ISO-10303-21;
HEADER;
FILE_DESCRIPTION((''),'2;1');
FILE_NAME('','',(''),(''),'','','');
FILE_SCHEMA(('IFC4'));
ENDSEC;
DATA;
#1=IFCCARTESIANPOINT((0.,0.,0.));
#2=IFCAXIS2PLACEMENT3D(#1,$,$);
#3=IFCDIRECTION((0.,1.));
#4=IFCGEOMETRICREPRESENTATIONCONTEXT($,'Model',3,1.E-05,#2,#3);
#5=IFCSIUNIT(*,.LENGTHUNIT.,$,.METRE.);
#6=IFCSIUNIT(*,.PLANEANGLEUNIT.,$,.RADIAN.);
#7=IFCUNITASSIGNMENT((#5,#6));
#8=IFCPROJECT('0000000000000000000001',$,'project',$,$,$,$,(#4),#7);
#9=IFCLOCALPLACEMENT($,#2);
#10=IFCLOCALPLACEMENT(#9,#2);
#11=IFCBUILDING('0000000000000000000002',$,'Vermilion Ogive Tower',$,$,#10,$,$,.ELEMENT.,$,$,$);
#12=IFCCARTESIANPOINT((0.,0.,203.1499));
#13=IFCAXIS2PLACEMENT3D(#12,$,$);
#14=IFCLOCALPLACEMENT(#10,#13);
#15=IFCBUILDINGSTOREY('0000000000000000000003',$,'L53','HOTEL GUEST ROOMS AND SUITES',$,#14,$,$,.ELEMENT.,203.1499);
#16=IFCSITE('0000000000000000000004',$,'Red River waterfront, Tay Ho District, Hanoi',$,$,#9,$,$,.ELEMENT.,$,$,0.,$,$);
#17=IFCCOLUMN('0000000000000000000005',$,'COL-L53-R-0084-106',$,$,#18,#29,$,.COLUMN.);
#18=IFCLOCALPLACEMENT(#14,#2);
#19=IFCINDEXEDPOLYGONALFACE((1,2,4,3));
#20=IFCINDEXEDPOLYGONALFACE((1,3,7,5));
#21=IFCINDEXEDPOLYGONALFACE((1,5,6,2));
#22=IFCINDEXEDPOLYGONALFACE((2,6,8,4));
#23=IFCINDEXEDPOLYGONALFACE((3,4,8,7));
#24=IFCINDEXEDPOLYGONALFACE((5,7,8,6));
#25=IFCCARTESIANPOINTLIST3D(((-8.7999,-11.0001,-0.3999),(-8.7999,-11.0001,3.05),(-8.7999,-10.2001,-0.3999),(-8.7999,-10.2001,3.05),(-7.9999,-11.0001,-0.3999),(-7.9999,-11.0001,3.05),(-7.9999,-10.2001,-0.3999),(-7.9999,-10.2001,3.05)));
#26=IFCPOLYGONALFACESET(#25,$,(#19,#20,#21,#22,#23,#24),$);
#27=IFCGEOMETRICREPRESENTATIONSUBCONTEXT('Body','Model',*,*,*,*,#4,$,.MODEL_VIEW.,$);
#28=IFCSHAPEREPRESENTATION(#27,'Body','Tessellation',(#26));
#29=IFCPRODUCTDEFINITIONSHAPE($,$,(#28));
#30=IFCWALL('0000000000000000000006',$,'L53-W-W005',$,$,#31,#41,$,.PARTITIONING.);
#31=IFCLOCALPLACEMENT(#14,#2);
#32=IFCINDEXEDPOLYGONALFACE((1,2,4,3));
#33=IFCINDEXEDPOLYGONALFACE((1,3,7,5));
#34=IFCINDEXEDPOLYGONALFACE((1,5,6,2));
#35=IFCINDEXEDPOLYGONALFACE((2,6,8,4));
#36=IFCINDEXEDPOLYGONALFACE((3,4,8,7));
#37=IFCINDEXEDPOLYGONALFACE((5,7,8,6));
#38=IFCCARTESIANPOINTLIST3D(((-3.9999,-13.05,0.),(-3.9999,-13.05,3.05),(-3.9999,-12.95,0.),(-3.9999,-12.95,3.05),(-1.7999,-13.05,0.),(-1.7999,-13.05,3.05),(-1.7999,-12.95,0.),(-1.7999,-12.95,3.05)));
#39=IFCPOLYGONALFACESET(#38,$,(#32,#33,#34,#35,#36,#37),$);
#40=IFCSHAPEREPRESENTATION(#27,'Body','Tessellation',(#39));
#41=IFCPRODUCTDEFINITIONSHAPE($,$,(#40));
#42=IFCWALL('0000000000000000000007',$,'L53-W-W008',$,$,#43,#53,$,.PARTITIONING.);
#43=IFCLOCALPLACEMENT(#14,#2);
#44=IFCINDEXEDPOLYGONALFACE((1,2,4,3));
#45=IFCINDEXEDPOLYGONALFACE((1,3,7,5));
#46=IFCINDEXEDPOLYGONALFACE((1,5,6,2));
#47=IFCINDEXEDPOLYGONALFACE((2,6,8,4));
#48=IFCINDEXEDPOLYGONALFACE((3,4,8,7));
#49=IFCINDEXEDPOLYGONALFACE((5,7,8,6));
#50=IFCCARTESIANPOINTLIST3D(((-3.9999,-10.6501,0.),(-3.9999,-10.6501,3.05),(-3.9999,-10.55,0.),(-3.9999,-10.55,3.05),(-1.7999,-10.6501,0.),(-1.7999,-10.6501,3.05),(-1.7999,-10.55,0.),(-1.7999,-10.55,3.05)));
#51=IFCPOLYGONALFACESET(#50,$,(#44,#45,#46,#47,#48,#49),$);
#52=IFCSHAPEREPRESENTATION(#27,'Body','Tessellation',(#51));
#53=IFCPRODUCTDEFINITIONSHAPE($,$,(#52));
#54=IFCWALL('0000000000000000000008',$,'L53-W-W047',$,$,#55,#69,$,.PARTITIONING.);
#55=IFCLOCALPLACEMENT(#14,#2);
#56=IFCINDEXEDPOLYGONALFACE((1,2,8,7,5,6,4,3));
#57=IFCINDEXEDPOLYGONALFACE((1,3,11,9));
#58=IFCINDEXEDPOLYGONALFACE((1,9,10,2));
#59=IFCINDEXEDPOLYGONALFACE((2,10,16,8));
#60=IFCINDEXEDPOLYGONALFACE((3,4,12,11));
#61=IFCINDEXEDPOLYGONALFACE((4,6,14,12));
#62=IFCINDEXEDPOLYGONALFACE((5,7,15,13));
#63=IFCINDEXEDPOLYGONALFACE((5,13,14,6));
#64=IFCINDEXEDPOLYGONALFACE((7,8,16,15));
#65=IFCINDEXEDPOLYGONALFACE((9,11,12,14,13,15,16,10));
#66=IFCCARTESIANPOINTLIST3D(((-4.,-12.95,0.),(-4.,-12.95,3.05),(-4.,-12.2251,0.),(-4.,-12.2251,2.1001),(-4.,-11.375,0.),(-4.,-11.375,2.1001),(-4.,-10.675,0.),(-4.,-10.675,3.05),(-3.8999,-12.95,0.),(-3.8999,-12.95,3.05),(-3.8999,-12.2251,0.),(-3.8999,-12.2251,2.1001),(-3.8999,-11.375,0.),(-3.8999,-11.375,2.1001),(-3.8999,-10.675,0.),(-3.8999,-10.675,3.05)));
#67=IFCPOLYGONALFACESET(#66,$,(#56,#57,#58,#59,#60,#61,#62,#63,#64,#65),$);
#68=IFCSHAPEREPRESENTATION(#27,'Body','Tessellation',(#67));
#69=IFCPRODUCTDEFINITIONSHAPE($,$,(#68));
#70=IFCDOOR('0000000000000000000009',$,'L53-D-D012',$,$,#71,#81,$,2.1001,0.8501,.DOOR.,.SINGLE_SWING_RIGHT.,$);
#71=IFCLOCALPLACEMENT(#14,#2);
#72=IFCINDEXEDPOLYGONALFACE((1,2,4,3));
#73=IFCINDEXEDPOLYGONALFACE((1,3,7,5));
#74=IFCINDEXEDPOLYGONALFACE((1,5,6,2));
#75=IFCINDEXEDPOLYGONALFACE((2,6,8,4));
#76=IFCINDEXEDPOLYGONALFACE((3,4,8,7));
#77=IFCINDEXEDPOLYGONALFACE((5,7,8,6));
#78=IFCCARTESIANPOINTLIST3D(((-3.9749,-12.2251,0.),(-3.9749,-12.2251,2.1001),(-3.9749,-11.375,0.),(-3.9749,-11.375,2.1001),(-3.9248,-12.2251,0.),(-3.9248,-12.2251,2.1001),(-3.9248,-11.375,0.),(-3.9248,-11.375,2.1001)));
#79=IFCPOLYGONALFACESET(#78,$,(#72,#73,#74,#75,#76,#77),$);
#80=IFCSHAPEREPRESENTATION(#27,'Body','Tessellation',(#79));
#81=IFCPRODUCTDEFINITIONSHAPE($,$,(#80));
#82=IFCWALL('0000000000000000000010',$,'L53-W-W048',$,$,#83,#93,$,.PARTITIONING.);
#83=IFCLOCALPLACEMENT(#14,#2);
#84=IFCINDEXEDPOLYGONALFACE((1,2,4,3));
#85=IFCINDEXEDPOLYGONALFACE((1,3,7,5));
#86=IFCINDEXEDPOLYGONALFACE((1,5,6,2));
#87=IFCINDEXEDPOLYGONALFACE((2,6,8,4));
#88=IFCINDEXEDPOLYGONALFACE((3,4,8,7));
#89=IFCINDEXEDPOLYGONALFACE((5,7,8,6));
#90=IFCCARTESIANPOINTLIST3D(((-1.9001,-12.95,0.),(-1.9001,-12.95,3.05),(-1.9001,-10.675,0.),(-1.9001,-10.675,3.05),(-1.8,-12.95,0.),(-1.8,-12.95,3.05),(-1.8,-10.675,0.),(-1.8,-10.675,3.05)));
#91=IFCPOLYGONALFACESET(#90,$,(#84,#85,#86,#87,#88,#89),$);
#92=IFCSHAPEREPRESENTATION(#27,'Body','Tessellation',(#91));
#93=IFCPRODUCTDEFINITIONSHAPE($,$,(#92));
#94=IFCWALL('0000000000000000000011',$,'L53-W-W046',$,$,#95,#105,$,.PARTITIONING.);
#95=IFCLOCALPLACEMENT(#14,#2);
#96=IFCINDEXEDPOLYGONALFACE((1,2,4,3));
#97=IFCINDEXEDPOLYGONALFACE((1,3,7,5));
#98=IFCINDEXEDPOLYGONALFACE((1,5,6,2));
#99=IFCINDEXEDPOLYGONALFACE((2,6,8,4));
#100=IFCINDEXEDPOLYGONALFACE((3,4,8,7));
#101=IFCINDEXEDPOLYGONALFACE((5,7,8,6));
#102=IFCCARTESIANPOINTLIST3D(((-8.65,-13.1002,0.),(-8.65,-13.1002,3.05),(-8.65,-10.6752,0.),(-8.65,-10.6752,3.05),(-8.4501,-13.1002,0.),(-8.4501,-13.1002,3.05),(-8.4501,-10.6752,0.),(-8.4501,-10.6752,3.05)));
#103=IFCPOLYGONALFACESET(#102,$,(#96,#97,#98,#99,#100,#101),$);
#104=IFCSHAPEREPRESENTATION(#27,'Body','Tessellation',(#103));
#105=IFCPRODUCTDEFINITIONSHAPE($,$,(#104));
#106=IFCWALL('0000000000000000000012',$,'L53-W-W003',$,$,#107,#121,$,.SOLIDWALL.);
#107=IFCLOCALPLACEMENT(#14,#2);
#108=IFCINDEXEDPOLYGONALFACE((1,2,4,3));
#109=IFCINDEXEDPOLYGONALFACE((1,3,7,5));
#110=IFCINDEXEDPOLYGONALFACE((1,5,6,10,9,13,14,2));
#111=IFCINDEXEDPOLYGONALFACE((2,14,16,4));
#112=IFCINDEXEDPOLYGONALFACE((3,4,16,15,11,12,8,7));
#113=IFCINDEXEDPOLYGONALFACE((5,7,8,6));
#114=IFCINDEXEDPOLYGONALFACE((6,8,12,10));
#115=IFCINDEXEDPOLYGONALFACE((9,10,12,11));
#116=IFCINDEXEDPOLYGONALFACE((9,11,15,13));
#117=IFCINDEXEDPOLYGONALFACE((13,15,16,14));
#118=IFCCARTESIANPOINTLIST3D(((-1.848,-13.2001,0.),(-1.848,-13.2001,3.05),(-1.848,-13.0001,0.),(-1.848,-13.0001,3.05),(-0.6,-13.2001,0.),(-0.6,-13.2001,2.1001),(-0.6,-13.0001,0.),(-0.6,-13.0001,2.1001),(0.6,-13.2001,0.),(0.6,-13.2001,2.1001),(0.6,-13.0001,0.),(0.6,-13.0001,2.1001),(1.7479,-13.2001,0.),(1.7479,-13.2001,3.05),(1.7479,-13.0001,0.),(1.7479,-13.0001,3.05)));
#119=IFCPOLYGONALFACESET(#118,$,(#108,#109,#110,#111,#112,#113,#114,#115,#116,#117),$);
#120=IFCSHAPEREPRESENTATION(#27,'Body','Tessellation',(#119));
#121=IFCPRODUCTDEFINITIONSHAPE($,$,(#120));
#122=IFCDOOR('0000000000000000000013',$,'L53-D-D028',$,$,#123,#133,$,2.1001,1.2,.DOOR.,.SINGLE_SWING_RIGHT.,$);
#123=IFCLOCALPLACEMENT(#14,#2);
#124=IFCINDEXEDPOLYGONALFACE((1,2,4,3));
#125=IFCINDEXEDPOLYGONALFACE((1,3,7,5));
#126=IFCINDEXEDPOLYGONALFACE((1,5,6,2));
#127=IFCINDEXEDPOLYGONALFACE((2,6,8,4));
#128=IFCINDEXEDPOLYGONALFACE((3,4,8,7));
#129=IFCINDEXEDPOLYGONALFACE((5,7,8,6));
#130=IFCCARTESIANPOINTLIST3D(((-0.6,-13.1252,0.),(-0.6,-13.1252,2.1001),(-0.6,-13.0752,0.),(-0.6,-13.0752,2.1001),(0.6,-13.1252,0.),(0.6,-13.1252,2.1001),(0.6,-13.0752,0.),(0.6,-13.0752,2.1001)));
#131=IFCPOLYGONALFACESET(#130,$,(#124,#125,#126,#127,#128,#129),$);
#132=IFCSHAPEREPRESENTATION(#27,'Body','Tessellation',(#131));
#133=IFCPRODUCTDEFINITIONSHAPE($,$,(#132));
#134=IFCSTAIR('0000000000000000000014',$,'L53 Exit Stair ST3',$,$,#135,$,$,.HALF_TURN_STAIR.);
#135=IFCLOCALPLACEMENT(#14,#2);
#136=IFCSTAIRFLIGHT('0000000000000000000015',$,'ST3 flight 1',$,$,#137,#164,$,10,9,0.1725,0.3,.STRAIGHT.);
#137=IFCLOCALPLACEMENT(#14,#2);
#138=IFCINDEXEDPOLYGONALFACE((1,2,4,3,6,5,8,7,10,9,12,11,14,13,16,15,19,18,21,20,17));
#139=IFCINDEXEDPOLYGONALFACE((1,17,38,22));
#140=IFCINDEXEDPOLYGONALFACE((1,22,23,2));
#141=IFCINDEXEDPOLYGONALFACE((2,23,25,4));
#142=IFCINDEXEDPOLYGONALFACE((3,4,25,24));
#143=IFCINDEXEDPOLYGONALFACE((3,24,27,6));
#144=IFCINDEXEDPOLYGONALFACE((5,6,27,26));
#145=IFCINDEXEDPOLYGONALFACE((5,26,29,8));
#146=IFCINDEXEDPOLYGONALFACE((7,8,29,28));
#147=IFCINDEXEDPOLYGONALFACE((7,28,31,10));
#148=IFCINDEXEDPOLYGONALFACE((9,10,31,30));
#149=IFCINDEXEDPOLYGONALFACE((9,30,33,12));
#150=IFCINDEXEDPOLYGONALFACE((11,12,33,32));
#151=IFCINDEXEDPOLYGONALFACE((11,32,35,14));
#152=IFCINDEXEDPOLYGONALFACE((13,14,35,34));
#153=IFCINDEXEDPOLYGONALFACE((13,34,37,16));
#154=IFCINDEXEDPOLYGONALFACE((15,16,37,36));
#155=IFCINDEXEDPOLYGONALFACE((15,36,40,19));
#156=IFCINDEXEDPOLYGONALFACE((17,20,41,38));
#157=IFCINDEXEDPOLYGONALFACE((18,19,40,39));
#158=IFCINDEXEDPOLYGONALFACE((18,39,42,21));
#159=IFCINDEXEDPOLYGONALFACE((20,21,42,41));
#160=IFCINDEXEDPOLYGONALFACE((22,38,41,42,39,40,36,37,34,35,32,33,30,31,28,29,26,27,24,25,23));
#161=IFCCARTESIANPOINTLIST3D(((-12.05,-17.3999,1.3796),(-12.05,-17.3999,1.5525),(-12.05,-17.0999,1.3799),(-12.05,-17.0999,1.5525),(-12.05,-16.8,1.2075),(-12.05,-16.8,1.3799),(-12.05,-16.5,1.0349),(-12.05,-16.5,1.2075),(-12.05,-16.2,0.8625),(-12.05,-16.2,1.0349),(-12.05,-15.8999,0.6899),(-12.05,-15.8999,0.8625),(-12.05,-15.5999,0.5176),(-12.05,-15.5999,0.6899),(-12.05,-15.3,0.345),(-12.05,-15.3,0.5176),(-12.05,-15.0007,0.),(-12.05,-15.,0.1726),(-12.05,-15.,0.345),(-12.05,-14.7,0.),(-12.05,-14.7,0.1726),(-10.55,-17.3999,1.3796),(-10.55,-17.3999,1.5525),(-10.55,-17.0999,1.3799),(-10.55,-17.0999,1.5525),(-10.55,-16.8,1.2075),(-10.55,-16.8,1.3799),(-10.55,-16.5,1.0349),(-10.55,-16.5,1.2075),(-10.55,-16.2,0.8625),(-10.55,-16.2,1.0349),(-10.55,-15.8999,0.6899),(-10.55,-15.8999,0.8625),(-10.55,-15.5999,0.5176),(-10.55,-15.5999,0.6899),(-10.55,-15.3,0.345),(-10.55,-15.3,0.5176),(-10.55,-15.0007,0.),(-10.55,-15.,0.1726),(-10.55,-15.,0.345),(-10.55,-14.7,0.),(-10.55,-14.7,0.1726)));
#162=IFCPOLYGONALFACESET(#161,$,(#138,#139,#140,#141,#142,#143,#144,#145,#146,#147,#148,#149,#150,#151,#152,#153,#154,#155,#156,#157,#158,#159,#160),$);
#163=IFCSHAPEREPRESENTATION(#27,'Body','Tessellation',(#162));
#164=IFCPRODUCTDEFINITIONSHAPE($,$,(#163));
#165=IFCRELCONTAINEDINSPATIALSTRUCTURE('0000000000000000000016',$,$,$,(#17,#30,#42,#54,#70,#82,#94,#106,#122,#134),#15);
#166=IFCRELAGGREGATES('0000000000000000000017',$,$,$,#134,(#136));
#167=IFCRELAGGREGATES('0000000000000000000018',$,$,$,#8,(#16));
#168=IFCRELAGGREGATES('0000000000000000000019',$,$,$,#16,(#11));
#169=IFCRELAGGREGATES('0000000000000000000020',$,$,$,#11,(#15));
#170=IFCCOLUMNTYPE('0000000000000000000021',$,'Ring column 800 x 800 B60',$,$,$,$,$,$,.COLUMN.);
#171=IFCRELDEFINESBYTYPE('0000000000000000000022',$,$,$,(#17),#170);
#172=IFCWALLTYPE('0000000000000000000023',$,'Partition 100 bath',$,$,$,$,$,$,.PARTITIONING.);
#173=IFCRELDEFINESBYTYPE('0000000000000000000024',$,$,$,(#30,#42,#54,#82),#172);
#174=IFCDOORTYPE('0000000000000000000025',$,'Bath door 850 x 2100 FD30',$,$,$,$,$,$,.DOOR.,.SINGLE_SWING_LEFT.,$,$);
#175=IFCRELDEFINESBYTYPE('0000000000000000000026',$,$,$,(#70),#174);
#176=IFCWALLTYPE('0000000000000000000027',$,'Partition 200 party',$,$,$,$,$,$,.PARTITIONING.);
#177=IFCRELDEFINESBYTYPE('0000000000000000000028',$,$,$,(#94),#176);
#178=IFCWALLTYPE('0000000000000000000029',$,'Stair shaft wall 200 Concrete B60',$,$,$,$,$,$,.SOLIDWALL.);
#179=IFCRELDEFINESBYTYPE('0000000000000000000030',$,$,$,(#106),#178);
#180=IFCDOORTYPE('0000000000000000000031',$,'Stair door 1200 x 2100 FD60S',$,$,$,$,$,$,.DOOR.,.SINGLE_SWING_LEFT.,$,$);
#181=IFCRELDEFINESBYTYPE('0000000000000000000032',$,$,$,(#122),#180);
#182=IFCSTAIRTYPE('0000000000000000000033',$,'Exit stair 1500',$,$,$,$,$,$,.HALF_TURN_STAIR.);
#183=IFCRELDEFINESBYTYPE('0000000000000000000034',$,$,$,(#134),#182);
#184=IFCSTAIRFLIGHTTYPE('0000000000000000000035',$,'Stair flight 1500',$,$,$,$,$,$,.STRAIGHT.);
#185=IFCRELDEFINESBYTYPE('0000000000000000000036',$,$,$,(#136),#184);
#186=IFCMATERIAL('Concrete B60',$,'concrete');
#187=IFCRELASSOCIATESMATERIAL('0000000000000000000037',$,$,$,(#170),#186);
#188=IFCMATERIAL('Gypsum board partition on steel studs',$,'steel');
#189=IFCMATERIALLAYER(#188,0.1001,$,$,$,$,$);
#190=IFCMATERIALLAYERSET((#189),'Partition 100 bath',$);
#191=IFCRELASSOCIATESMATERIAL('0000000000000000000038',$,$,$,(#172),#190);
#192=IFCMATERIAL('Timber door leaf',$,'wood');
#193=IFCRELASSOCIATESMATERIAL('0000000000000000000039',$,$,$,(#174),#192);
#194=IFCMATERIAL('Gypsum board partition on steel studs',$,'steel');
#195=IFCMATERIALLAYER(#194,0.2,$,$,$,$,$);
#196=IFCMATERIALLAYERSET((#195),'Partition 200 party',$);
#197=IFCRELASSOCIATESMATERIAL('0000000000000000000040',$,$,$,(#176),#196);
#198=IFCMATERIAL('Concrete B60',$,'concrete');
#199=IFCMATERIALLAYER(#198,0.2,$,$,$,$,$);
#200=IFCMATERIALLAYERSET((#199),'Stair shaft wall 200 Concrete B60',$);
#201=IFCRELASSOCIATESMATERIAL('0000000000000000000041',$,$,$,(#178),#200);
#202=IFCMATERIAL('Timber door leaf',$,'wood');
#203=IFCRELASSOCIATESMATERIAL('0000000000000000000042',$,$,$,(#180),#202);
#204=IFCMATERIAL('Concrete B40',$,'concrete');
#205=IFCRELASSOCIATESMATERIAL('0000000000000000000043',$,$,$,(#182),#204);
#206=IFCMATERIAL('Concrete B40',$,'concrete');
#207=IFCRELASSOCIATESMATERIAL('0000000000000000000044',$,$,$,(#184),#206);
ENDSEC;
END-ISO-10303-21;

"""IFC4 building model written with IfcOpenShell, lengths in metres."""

from ifc_helpers import new_model, si_unit, direction, frame, frame_2d, origin, origin_2d, place, context, subcontext, project, spatial, polyline, rectangle, outline, extrude, material, layer, layer_set, material_profile, profile_set, type_object, element, fill, aggregate, save


model = new_model("IFC4")

# Units and contexts
model_context = context("Model", 3, precision=1e-05, world=origin(), true_north=direction((0.0, 1.0)))
body_context = subcontext(model_context, "Body", "Model", "MODEL_VIEW")
ifc_project = project(units=[si_unit("LENGTHUNIT", "METRE"), si_unit("PLANEANGLEUNIT", "RADIAN")], contexts=[model_context])

# Site, building, storey
site_placement = place(None, origin())
site = spatial("IfcSite", under=ifc_project, at=site_placement, Name="Red River waterfront, Tay Ho District, Hanoi", CompositionType="ELEMENT", RefElevation=0.0)
building_placement = place(site_placement, origin())
building = spatial("IfcBuilding", under=site, at=building_placement, Name="Vermilion Ogive Tower", CompositionType="ELEMENT")
storey_placement = place(building_placement, frame((0.0, 0.0, 203.1499)))
storey = spatial("IfcBuildingStorey", under=building, at=storey_placement, Name="L53", Description="HOTEL GUEST ROOMS AND SUITES", CompositionType="ELEMENT", Elevation=203.1499)

# Column
ifc_material_1 = material(Name="Concrete B60", Category="concrete")
ifc_material_profile = material_profile(ifc_material_1, rectangle(XDim=0.8, YDim=0.8, at=origin_2d()), Name="800 x 800")
ifc_profile_set = profile_set([ifc_material_profile], Name="Concrete B60")
column_type = type_object("IfcColumnType", Name="Ring column 800 x 800 B60", PredefinedType="COLUMN", material=ifc_profile_set)
column_placement = place(storey_placement, frame((-8.3999, -10.6001, -0.3999), z_axis=(0.0, 0.0, 1.0), x_axis=(1.0, 0.0, 0.0)))
element("IfcColumn", 1, at=column_placement, inside=storey, type_object=column_type, Name="COL-L53-R-0084-106", PredefinedType="COLUMN", context=body_context, shape_type="SweptSolid", body=[
    extrude(rectangle(XDim=0.8, YDim=0.8, at=origin_2d()), origin(), (0.0, 0.0, 1.0), 3.45),
])

# Walls
ifc_material_2 = material(Name="Gypsum board partition on steel studs", Category="steel")
ifc_layer_1 = layer(ifc_material_2, 0.1001)
ifc_layer_set_1 = layer_set([ifc_layer_1], Name="Partition 100 bath")
wall_type_1 = type_object("IfcWallType", Name="Partition 100 bath", PredefinedType="PARTITIONING", material=ifc_layer_set_1)
for number, where, z_axis, x_axis, name in (
    (2, (-4.0, -13.0, 0.0), (0.0, 0.0, 1.0), (1.0, 0.0, 0.0), "L53-W-W005"),
    (3, (-4.0, -10.6001, 0.0), (0.0, 0.0, 1.0), (1.0, 0.0, 0.0), "L53-W-W008"),
):
    element("IfcWall", number, at=place(storey_placement, frame(where, z_axis=z_axis, x_axis=x_axis)), inside=storey, type_object=wall_type_1, Name=name, PredefinedType="PARTITIONING", context=body_context, shape_type="SweptSolid", body=[
        extrude(rectangle(XDim=2.2, YDim=0.1001, at=frame_2d((1.1001, 0.0))), origin(), (0.0, 0.0, 1.0), 3.05),
    ])

# Wall, opening, door
wall_1_placement = place(storey_placement, frame((-3.95, -12.95, 0.0), z_axis=(0.0, 0.0, 1.0), x_axis=(0.0, 1.0, 0.0)))
wall_1 = element("IfcWall", 4, at=wall_1_placement, inside=storey, type_object=wall_type_1, Name="L53-W-W047", PredefinedType="PARTITIONING", context=body_context, shape_type="SweptSolid", body=[
    extrude(rectangle(XDim=2.2749, YDim=0.1001, at=frame_2d((1.1375, 0.0))), origin(), (0.0, 0.0, 1.0), 3.05),
])
opening_1_placement = place(wall_1_placement, frame((0.7249, 0.0, 0.0)))
opening_1 = element("IfcOpeningElement", 5, at=opening_1_placement, cuts=wall_1, PredefinedType="OPENING", context=body_context, shape_type="SweptSolid", body=[
    extrude(rectangle(XDim=0.8501, YDim=2.1001, at=frame_2d((0.425, 1.05))), frame((0.0, 0.0601, 0.0), z_axis=(0.0, -1.0, 0.0), x_axis=(1.0, 0.0, 0.0)), (0.0, 0.0, 1.0), 0.1201),
])
ifc_material_3 = material(Name="Timber door leaf", Category="wood")
door_type_1 = type_object("IfcDoorType", Name="Bath door 850 x 2100 FD30", OperationType="SINGLE_SWING_LEFT", PredefinedType="DOOR", material=ifc_material_3)
door_1_placement = place(opening_1_placement, origin())
door_1 = element("IfcDoor", 6, at=door_1_placement, inside=storey, type_object=door_type_1, Name="L53-D-D012", OperationType="SINGLE_SWING_RIGHT", OverallHeight=2.1001, OverallWidth=0.8501, PredefinedType="DOOR", context=body_context, shape_type="SweptSolid", body=[
    extrude(rectangle(XDim=0.8501, YDim=2.1001, at=frame_2d((0.425, 1.05))), frame((0.0, 0.0249, 0.0), z_axis=(0.0, -1.0, 0.0), x_axis=(1.0, 0.0, 0.0)), (0.0, 0.0, 1.0), 0.05),
])
fill(opening_1, door_1)

# Walls
wall_2_placement = place(storey_placement, frame((-1.8501, -12.95, 0.0), z_axis=(0.0, 0.0, 1.0), x_axis=(0.0, 1.0, 0.0)))
element("IfcWall", 7, at=wall_2_placement, inside=storey, type_object=wall_type_1, Name="L53-W-W048", PredefinedType="PARTITIONING", context=body_context, shape_type="SweptSolid", body=[
    extrude(rectangle(XDim=2.2749, YDim=0.1001, at=frame_2d((1.1375, 0.0))), origin(), (0.0, 0.0, 1.0), 3.05),
])
ifc_material_4 = material(Name="Gypsum board partition on steel studs", Category="steel")
ifc_layer_2 = layer(ifc_material_4, 0.2)
ifc_layer_set_2 = layer_set([ifc_layer_2], Name="Partition 200 party")
wall_type_2 = type_object("IfcWallType", Name="Partition 200 party", PredefinedType="PARTITIONING", material=ifc_layer_set_2)
wall_3_placement = place(storey_placement, frame((-8.55, -13.1001, 0.0), z_axis=(0.0, 0.0, 1.0), x_axis=(0.0, 1.0, 0.0)))
element("IfcWall", 8, at=wall_3_placement, inside=storey, type_object=wall_type_2, Name="L53-W-W046", PredefinedType="PARTITIONING", context=body_context, shape_type="SweptSolid", body=[
    extrude(rectangle(XDim=2.425, YDim=0.2, at=frame_2d((1.2124, 0.0))), origin(), (0.0, 0.0, 1.0), 3.05),
])

# Wall, opening, door
ifc_material_5 = material(Name="Concrete B60", Category="concrete")
ifc_layer_3 = layer(ifc_material_5, 0.2)
ifc_layer_set_3 = layer_set([ifc_layer_3], Name="Stair shaft wall 200 Concrete B60")
wall_type_3 = type_object("IfcWallType", Name="Stair shaft wall 200 Concrete B60", PredefinedType="SOLIDWALL", material=ifc_layer_set_3)
wall_4_placement = place(storey_placement, frame((-1.8479, -13.1001, 0.0), z_axis=(0.0, 0.0, 1.0), x_axis=(1.0, 0.0, 0.0)))
wall_4 = element("IfcWall", 9, at=wall_4_placement, inside=storey, type_object=wall_type_3, Name="L53-W-W003", PredefinedType="SOLIDWALL", context=body_context, shape_type="SweptSolid", body=[
    extrude(rectangle(XDim=3.5959, YDim=0.2, at=frame_2d((1.7979, 0.0))), origin(), (0.0, 0.0, 1.0), 3.05),
])
opening_2_placement = place(wall_4_placement, frame((1.2478, 0.0, 0.0)))
opening_2 = element("IfcOpeningElement", 10, at=opening_2_placement, cuts=wall_4, PredefinedType="OPENING", context=body_context, shape_type="SweptSolid", body=[
    extrude(rectangle(XDim=1.2, YDim=2.1001, at=frame_2d((0.6001, 1.05))), frame((0.0, 0.1099, 0.0), z_axis=(0.0, -1.0, 0.0), x_axis=(1.0, 0.0, 0.0)), (0.0, 0.0, 1.0), 0.22),
])
ifc_material_6 = material(Name="Timber door leaf", Category="wood")
door_type_2 = type_object("IfcDoorType", Name="Stair door 1200 x 2100 FD60S", OperationType="SINGLE_SWING_LEFT", PredefinedType="DOOR", material=ifc_material_6)
door_2_placement = place(opening_2_placement, origin())
door_2 = element("IfcDoor", 11, at=door_2_placement, inside=storey, type_object=door_type_2, Name="L53-D-D028", OperationType="SINGLE_SWING_RIGHT", OverallHeight=2.1001, OverallWidth=1.2, PredefinedType="DOOR", context=body_context, shape_type="SweptSolid", body=[
    extrude(rectangle(XDim=1.2, YDim=2.1001, at=frame_2d((0.6001, 1.05))), frame((0.0, 0.0249, 0.0), z_axis=(0.0, -1.0, 0.0), x_axis=(1.0, 0.0, 0.0)), (0.0, 0.0, 1.0), 0.05),
])
fill(opening_2, door_2)

# Stair, stair flight
ifc_material_7 = material(Name="Concrete B40", Category="concrete")
stair_type = type_object("IfcStairType", Name="Exit stair 1500", PredefinedType="HALF_TURN_STAIR", material=ifc_material_7)
stair_1_placement = place(storey_placement, origin())
stair_1 = element("IfcStair", 12, at=stair_1_placement, inside=storey, type_object=stair_type, Name="L53 Exit Stair ST3", PredefinedType="HALF_TURN_STAIR")
ifc_material_8 = material(Name="Concrete B40", Category="concrete")
stair_flight_type = type_object("IfcStairFlightType", Name="Stair flight 1500", PredefinedType="STRAIGHT", material=ifc_material_8)
stair_flight_1_placement = place(storey_placement, frame((-11.3, -14.7, 0.0), z_axis=(0.0, 0.0, 1.0), x_axis=(0.0, -1.0, 0.0)))
stair_flight_1 = element("IfcStairFlight", 13, at=stair_flight_1_placement, type_object=stair_flight_type, Name="ST3 flight 1", NumberOfRisers=10, NumberOfTreads=9, PredefinedType="STRAIGHT", RiserHeight=0.1725, TreadLength=0.3, context=body_context, shape_type="SweptSolid", body=[
    extrude(outline(polyline([(0.0, 0.0), (0.0, 0.1726), (0.3, 0.1726), (0.3, 0.345), (0.6001, 0.345), (0.6001, 0.5176), (0.8999, 0.5176), (0.8999, 0.6899), (1.2, 0.6899), (1.2, 0.8625), (1.5, 0.8625), (1.5, 1.0349), (1.8, 1.0349), (1.8, 1.2075), (2.1001, 1.2075), (2.1001, 1.3799), (2.3999, 1.3799), (2.3999, 1.5525), (2.7, 1.5525), (2.7, 1.7251), (2.7, 1.3796), (0.3008, 0.0), (0.0, 0.0)])), frame((0.0, 0.75, 0.0), z_axis=(0.0, -1.0, 0.0), x_axis=(1.0, 0.0, 0.0)), (0.0, 0.0, 1.0), 1.5),
])
aggregate(stair_1, [stair_flight_1])

save(model, "model.ifc")
